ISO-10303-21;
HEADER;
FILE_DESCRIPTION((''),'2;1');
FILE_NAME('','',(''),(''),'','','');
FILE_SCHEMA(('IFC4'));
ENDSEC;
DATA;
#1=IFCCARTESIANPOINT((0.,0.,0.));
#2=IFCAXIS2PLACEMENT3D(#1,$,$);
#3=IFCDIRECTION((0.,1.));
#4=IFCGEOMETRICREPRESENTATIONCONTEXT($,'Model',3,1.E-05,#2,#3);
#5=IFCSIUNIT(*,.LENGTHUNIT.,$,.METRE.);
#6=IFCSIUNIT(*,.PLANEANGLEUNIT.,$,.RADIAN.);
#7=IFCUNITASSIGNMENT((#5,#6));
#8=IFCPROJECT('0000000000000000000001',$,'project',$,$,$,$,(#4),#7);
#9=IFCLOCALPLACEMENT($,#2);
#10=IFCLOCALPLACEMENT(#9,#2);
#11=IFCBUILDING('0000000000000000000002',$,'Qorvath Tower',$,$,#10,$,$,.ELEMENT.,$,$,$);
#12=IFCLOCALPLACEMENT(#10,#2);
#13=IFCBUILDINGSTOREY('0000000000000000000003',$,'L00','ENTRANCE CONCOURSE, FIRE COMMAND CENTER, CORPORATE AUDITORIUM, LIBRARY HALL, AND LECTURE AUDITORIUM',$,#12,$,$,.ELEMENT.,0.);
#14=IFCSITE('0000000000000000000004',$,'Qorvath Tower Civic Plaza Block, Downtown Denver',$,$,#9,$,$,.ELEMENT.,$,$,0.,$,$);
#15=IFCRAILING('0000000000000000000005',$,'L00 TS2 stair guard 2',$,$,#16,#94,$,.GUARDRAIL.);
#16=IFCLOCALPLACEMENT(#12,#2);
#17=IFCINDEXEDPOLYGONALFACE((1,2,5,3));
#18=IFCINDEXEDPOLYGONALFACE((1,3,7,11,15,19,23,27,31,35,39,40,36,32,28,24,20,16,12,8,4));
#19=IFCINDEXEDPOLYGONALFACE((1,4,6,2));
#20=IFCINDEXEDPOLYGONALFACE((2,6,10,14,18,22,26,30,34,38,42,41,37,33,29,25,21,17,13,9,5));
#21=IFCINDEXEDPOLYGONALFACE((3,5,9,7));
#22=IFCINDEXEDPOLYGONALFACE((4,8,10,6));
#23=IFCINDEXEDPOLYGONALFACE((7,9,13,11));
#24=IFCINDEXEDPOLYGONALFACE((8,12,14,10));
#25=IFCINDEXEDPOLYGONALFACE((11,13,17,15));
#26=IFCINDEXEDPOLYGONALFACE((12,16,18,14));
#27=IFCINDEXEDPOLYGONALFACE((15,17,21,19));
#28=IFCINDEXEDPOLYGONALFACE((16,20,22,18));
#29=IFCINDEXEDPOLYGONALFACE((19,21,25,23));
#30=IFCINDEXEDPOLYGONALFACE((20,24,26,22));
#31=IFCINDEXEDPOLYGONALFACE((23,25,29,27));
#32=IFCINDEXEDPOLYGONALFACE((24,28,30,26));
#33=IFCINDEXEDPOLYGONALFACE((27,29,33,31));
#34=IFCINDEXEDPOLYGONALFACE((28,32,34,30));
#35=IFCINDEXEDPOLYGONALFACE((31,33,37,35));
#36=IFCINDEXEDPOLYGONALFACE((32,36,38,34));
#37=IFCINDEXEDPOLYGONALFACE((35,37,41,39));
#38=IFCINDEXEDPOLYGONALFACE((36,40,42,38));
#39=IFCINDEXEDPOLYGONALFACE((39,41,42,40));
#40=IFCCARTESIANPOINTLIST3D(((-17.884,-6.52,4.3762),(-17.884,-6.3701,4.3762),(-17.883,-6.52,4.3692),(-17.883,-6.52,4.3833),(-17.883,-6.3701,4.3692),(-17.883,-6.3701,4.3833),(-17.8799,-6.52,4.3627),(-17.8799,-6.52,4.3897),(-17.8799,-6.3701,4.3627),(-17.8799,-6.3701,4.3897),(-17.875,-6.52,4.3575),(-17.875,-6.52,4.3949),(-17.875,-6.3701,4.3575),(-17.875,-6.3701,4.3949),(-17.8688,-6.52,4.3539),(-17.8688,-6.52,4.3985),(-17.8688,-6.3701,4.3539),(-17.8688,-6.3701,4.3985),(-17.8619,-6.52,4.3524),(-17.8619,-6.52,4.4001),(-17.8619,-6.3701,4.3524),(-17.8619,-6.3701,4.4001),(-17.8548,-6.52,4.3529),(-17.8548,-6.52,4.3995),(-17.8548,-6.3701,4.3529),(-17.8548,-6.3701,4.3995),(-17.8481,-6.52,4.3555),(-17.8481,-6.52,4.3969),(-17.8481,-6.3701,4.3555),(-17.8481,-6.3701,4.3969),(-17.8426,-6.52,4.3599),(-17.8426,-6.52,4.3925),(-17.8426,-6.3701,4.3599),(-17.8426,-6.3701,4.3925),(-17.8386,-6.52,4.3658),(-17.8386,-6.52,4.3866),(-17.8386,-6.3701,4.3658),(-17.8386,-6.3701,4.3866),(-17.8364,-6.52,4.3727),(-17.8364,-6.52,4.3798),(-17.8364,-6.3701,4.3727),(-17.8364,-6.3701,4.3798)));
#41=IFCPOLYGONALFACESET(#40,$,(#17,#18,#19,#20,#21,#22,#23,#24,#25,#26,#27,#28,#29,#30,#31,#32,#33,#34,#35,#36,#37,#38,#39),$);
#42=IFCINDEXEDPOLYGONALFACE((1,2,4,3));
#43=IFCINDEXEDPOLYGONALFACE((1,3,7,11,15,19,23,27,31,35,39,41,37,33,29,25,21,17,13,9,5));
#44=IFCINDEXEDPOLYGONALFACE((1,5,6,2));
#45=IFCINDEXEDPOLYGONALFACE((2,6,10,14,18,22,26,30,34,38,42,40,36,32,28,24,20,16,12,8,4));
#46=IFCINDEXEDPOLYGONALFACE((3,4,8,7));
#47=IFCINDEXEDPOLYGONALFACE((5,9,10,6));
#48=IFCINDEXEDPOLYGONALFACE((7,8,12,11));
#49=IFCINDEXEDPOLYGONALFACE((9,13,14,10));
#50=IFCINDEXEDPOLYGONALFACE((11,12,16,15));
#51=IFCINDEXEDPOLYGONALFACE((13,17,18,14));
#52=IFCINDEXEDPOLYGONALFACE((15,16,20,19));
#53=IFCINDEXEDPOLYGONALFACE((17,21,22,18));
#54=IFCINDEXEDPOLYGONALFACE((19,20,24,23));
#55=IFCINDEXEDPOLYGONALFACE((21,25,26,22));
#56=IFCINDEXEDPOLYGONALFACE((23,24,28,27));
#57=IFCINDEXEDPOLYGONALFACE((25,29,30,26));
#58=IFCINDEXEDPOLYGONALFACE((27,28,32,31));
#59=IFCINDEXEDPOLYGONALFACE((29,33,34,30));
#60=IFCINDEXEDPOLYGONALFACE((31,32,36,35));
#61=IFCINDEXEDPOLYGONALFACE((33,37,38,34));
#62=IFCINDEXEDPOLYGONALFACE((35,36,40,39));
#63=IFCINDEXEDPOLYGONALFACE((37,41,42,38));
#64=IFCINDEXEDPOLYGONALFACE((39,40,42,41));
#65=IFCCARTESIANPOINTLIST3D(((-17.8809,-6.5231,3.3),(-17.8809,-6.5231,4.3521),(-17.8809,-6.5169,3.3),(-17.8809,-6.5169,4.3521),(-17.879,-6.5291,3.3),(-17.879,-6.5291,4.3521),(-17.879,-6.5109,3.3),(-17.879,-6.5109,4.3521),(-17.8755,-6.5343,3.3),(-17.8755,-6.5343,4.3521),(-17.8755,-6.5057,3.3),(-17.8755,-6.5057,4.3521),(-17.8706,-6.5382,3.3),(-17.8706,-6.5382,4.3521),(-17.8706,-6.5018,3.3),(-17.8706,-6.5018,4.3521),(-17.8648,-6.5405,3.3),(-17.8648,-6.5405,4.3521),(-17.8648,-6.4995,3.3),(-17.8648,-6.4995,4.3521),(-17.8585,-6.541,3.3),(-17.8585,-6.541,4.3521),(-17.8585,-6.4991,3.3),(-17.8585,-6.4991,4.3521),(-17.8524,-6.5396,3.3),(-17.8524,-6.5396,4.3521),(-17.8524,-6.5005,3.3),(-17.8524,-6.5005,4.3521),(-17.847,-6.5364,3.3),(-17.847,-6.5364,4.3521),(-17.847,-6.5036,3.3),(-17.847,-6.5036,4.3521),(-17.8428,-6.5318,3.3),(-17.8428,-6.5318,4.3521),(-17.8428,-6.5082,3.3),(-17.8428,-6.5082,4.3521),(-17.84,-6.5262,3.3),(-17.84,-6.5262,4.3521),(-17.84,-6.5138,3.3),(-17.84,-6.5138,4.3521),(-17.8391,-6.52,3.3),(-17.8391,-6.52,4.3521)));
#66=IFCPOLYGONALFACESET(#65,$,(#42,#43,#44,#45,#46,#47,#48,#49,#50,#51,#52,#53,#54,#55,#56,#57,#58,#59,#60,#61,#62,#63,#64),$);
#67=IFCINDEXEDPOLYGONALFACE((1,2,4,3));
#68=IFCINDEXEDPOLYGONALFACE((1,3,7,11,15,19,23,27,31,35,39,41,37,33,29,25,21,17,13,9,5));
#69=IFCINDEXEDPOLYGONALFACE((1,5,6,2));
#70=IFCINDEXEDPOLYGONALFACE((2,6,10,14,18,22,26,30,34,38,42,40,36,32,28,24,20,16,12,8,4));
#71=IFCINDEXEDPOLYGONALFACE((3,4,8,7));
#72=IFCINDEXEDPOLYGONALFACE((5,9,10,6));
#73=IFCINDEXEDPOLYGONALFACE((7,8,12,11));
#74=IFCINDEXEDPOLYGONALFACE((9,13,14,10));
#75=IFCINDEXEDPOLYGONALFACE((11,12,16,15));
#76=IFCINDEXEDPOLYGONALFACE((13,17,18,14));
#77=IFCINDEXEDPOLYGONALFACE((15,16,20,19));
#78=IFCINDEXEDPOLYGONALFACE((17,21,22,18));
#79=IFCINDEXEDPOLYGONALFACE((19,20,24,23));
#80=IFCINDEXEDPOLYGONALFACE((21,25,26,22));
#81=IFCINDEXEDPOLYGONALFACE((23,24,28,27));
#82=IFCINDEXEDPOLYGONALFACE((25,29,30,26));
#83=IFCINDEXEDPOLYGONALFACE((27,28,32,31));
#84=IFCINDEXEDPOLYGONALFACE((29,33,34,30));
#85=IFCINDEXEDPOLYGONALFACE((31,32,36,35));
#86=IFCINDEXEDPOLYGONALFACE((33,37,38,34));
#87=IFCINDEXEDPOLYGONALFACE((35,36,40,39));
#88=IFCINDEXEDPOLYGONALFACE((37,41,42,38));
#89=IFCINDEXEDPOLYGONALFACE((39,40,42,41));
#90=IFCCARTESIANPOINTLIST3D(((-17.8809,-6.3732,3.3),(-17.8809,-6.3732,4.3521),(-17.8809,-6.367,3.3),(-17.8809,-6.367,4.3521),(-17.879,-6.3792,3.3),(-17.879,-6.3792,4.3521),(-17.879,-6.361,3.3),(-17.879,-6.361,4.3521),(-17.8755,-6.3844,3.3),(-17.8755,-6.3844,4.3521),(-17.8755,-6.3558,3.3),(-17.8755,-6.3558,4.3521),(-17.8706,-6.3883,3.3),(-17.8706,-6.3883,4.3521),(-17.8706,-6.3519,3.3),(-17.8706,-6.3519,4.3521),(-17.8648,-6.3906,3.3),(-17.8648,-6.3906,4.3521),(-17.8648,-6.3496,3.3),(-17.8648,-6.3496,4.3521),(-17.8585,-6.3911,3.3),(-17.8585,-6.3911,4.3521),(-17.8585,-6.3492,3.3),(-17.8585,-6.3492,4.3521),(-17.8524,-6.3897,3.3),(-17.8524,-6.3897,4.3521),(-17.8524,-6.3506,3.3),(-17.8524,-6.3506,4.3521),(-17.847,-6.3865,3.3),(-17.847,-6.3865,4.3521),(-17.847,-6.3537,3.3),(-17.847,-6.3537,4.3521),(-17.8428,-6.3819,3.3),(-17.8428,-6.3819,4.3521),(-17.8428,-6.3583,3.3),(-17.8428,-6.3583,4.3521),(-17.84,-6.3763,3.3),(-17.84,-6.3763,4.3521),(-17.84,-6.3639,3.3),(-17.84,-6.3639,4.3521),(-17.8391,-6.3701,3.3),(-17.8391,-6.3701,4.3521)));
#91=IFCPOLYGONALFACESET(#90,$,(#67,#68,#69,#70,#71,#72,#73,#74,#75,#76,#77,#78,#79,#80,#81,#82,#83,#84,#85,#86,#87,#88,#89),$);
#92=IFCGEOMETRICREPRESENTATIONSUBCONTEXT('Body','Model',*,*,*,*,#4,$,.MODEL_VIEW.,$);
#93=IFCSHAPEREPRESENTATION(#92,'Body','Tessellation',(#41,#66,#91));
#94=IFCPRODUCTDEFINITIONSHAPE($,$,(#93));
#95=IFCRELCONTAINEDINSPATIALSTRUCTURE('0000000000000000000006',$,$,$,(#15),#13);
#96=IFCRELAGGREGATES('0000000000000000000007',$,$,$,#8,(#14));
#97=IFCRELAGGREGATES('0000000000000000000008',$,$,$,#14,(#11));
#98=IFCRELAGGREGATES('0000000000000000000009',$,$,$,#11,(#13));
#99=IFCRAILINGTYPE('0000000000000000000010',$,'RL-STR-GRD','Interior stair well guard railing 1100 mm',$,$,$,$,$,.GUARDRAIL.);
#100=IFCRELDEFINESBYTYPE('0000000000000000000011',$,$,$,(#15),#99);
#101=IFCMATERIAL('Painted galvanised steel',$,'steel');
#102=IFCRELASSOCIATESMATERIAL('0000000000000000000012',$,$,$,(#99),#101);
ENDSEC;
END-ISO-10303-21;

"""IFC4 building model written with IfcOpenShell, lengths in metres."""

from ifc_helpers import new_model, si_unit, direction, frame, origin, origin_2d, place, context, subcontext, project, spatial, circle, extrude, material, type_object, element, save


model = new_model("IFC4")

# Units and contexts
model_context = context("Model", 3, precision=1e-05, world=origin(), true_north=direction((0.0, 1.0)))
body_context = subcontext(model_context, "Body", "Model", "MODEL_VIEW")
ifc_project = project(units=[si_unit("LENGTHUNIT", "METRE"), si_unit("PLANEANGLEUNIT", "RADIAN")], contexts=[model_context])

# Site, building, storey
site_placement = place(None, origin())
site = spatial("IfcSite", under=ifc_project, at=site_placement, Name="Qorvath Tower Civic Plaza Block, Downtown Denver", CompositionType="ELEMENT", RefElevation=0.0)
building_placement = place(site_placement, origin())
building = spatial("IfcBuilding", under=site, at=building_placement, Name="Qorvath Tower", CompositionType="ELEMENT")
storey_placement = place(building_placement, origin())
storey = spatial("IfcBuildingStorey", under=building, at=storey_placement, Name="L00", Description="ENTRANCE CONCOURSE, FIRE COMMAND CENTER, CORPORATE AUDITORIUM, LIBRARY HALL, AND LECTURE AUDITORIUM", CompositionType="ELEMENT", Elevation=0.0)

# Railing
ifc_material_1 = material(Name="Painted galvanised steel", Category="steel")
railing_type_1 = type_object("IfcRailingType", Name="RL-STR-GRD", Description="Interior stair well guard railing 1100 mm", PredefinedType="GUARDRAIL", material=ifc_material_1)
railing_1_placement = place(storey_placement, frame((-17.8601, -6.52, 3.3)))
element("IfcRailing", 1, at=railing_1_placement, inside=storey, type_object=railing_type_1, Name="L00 TS2 stair guard 2", PredefinedType="GUARDRAIL", context=body_context, shape_type="SweptSolid", body=[
    extrude(circle(Radius=0.0239, at=origin_2d()), frame((0.0, 0.0, 1.0762), z_axis=(0.0, 1.0, 0.0), x_axis=(-1.0, 0.0, 0.0)), (0.0, 0.0, 1.0), 0.1499),
    extrude(circle(Radius=0.021, at=origin_2d()), origin(), (0.0, 0.0, 1.0), 1.052),
    extrude(circle(Radius=0.021, at=origin_2d()), frame((0.0, 0.1499, 0.0)), (0.0, 0.0, 1.0), 1.052),
])

save(model, "model.ifc")
